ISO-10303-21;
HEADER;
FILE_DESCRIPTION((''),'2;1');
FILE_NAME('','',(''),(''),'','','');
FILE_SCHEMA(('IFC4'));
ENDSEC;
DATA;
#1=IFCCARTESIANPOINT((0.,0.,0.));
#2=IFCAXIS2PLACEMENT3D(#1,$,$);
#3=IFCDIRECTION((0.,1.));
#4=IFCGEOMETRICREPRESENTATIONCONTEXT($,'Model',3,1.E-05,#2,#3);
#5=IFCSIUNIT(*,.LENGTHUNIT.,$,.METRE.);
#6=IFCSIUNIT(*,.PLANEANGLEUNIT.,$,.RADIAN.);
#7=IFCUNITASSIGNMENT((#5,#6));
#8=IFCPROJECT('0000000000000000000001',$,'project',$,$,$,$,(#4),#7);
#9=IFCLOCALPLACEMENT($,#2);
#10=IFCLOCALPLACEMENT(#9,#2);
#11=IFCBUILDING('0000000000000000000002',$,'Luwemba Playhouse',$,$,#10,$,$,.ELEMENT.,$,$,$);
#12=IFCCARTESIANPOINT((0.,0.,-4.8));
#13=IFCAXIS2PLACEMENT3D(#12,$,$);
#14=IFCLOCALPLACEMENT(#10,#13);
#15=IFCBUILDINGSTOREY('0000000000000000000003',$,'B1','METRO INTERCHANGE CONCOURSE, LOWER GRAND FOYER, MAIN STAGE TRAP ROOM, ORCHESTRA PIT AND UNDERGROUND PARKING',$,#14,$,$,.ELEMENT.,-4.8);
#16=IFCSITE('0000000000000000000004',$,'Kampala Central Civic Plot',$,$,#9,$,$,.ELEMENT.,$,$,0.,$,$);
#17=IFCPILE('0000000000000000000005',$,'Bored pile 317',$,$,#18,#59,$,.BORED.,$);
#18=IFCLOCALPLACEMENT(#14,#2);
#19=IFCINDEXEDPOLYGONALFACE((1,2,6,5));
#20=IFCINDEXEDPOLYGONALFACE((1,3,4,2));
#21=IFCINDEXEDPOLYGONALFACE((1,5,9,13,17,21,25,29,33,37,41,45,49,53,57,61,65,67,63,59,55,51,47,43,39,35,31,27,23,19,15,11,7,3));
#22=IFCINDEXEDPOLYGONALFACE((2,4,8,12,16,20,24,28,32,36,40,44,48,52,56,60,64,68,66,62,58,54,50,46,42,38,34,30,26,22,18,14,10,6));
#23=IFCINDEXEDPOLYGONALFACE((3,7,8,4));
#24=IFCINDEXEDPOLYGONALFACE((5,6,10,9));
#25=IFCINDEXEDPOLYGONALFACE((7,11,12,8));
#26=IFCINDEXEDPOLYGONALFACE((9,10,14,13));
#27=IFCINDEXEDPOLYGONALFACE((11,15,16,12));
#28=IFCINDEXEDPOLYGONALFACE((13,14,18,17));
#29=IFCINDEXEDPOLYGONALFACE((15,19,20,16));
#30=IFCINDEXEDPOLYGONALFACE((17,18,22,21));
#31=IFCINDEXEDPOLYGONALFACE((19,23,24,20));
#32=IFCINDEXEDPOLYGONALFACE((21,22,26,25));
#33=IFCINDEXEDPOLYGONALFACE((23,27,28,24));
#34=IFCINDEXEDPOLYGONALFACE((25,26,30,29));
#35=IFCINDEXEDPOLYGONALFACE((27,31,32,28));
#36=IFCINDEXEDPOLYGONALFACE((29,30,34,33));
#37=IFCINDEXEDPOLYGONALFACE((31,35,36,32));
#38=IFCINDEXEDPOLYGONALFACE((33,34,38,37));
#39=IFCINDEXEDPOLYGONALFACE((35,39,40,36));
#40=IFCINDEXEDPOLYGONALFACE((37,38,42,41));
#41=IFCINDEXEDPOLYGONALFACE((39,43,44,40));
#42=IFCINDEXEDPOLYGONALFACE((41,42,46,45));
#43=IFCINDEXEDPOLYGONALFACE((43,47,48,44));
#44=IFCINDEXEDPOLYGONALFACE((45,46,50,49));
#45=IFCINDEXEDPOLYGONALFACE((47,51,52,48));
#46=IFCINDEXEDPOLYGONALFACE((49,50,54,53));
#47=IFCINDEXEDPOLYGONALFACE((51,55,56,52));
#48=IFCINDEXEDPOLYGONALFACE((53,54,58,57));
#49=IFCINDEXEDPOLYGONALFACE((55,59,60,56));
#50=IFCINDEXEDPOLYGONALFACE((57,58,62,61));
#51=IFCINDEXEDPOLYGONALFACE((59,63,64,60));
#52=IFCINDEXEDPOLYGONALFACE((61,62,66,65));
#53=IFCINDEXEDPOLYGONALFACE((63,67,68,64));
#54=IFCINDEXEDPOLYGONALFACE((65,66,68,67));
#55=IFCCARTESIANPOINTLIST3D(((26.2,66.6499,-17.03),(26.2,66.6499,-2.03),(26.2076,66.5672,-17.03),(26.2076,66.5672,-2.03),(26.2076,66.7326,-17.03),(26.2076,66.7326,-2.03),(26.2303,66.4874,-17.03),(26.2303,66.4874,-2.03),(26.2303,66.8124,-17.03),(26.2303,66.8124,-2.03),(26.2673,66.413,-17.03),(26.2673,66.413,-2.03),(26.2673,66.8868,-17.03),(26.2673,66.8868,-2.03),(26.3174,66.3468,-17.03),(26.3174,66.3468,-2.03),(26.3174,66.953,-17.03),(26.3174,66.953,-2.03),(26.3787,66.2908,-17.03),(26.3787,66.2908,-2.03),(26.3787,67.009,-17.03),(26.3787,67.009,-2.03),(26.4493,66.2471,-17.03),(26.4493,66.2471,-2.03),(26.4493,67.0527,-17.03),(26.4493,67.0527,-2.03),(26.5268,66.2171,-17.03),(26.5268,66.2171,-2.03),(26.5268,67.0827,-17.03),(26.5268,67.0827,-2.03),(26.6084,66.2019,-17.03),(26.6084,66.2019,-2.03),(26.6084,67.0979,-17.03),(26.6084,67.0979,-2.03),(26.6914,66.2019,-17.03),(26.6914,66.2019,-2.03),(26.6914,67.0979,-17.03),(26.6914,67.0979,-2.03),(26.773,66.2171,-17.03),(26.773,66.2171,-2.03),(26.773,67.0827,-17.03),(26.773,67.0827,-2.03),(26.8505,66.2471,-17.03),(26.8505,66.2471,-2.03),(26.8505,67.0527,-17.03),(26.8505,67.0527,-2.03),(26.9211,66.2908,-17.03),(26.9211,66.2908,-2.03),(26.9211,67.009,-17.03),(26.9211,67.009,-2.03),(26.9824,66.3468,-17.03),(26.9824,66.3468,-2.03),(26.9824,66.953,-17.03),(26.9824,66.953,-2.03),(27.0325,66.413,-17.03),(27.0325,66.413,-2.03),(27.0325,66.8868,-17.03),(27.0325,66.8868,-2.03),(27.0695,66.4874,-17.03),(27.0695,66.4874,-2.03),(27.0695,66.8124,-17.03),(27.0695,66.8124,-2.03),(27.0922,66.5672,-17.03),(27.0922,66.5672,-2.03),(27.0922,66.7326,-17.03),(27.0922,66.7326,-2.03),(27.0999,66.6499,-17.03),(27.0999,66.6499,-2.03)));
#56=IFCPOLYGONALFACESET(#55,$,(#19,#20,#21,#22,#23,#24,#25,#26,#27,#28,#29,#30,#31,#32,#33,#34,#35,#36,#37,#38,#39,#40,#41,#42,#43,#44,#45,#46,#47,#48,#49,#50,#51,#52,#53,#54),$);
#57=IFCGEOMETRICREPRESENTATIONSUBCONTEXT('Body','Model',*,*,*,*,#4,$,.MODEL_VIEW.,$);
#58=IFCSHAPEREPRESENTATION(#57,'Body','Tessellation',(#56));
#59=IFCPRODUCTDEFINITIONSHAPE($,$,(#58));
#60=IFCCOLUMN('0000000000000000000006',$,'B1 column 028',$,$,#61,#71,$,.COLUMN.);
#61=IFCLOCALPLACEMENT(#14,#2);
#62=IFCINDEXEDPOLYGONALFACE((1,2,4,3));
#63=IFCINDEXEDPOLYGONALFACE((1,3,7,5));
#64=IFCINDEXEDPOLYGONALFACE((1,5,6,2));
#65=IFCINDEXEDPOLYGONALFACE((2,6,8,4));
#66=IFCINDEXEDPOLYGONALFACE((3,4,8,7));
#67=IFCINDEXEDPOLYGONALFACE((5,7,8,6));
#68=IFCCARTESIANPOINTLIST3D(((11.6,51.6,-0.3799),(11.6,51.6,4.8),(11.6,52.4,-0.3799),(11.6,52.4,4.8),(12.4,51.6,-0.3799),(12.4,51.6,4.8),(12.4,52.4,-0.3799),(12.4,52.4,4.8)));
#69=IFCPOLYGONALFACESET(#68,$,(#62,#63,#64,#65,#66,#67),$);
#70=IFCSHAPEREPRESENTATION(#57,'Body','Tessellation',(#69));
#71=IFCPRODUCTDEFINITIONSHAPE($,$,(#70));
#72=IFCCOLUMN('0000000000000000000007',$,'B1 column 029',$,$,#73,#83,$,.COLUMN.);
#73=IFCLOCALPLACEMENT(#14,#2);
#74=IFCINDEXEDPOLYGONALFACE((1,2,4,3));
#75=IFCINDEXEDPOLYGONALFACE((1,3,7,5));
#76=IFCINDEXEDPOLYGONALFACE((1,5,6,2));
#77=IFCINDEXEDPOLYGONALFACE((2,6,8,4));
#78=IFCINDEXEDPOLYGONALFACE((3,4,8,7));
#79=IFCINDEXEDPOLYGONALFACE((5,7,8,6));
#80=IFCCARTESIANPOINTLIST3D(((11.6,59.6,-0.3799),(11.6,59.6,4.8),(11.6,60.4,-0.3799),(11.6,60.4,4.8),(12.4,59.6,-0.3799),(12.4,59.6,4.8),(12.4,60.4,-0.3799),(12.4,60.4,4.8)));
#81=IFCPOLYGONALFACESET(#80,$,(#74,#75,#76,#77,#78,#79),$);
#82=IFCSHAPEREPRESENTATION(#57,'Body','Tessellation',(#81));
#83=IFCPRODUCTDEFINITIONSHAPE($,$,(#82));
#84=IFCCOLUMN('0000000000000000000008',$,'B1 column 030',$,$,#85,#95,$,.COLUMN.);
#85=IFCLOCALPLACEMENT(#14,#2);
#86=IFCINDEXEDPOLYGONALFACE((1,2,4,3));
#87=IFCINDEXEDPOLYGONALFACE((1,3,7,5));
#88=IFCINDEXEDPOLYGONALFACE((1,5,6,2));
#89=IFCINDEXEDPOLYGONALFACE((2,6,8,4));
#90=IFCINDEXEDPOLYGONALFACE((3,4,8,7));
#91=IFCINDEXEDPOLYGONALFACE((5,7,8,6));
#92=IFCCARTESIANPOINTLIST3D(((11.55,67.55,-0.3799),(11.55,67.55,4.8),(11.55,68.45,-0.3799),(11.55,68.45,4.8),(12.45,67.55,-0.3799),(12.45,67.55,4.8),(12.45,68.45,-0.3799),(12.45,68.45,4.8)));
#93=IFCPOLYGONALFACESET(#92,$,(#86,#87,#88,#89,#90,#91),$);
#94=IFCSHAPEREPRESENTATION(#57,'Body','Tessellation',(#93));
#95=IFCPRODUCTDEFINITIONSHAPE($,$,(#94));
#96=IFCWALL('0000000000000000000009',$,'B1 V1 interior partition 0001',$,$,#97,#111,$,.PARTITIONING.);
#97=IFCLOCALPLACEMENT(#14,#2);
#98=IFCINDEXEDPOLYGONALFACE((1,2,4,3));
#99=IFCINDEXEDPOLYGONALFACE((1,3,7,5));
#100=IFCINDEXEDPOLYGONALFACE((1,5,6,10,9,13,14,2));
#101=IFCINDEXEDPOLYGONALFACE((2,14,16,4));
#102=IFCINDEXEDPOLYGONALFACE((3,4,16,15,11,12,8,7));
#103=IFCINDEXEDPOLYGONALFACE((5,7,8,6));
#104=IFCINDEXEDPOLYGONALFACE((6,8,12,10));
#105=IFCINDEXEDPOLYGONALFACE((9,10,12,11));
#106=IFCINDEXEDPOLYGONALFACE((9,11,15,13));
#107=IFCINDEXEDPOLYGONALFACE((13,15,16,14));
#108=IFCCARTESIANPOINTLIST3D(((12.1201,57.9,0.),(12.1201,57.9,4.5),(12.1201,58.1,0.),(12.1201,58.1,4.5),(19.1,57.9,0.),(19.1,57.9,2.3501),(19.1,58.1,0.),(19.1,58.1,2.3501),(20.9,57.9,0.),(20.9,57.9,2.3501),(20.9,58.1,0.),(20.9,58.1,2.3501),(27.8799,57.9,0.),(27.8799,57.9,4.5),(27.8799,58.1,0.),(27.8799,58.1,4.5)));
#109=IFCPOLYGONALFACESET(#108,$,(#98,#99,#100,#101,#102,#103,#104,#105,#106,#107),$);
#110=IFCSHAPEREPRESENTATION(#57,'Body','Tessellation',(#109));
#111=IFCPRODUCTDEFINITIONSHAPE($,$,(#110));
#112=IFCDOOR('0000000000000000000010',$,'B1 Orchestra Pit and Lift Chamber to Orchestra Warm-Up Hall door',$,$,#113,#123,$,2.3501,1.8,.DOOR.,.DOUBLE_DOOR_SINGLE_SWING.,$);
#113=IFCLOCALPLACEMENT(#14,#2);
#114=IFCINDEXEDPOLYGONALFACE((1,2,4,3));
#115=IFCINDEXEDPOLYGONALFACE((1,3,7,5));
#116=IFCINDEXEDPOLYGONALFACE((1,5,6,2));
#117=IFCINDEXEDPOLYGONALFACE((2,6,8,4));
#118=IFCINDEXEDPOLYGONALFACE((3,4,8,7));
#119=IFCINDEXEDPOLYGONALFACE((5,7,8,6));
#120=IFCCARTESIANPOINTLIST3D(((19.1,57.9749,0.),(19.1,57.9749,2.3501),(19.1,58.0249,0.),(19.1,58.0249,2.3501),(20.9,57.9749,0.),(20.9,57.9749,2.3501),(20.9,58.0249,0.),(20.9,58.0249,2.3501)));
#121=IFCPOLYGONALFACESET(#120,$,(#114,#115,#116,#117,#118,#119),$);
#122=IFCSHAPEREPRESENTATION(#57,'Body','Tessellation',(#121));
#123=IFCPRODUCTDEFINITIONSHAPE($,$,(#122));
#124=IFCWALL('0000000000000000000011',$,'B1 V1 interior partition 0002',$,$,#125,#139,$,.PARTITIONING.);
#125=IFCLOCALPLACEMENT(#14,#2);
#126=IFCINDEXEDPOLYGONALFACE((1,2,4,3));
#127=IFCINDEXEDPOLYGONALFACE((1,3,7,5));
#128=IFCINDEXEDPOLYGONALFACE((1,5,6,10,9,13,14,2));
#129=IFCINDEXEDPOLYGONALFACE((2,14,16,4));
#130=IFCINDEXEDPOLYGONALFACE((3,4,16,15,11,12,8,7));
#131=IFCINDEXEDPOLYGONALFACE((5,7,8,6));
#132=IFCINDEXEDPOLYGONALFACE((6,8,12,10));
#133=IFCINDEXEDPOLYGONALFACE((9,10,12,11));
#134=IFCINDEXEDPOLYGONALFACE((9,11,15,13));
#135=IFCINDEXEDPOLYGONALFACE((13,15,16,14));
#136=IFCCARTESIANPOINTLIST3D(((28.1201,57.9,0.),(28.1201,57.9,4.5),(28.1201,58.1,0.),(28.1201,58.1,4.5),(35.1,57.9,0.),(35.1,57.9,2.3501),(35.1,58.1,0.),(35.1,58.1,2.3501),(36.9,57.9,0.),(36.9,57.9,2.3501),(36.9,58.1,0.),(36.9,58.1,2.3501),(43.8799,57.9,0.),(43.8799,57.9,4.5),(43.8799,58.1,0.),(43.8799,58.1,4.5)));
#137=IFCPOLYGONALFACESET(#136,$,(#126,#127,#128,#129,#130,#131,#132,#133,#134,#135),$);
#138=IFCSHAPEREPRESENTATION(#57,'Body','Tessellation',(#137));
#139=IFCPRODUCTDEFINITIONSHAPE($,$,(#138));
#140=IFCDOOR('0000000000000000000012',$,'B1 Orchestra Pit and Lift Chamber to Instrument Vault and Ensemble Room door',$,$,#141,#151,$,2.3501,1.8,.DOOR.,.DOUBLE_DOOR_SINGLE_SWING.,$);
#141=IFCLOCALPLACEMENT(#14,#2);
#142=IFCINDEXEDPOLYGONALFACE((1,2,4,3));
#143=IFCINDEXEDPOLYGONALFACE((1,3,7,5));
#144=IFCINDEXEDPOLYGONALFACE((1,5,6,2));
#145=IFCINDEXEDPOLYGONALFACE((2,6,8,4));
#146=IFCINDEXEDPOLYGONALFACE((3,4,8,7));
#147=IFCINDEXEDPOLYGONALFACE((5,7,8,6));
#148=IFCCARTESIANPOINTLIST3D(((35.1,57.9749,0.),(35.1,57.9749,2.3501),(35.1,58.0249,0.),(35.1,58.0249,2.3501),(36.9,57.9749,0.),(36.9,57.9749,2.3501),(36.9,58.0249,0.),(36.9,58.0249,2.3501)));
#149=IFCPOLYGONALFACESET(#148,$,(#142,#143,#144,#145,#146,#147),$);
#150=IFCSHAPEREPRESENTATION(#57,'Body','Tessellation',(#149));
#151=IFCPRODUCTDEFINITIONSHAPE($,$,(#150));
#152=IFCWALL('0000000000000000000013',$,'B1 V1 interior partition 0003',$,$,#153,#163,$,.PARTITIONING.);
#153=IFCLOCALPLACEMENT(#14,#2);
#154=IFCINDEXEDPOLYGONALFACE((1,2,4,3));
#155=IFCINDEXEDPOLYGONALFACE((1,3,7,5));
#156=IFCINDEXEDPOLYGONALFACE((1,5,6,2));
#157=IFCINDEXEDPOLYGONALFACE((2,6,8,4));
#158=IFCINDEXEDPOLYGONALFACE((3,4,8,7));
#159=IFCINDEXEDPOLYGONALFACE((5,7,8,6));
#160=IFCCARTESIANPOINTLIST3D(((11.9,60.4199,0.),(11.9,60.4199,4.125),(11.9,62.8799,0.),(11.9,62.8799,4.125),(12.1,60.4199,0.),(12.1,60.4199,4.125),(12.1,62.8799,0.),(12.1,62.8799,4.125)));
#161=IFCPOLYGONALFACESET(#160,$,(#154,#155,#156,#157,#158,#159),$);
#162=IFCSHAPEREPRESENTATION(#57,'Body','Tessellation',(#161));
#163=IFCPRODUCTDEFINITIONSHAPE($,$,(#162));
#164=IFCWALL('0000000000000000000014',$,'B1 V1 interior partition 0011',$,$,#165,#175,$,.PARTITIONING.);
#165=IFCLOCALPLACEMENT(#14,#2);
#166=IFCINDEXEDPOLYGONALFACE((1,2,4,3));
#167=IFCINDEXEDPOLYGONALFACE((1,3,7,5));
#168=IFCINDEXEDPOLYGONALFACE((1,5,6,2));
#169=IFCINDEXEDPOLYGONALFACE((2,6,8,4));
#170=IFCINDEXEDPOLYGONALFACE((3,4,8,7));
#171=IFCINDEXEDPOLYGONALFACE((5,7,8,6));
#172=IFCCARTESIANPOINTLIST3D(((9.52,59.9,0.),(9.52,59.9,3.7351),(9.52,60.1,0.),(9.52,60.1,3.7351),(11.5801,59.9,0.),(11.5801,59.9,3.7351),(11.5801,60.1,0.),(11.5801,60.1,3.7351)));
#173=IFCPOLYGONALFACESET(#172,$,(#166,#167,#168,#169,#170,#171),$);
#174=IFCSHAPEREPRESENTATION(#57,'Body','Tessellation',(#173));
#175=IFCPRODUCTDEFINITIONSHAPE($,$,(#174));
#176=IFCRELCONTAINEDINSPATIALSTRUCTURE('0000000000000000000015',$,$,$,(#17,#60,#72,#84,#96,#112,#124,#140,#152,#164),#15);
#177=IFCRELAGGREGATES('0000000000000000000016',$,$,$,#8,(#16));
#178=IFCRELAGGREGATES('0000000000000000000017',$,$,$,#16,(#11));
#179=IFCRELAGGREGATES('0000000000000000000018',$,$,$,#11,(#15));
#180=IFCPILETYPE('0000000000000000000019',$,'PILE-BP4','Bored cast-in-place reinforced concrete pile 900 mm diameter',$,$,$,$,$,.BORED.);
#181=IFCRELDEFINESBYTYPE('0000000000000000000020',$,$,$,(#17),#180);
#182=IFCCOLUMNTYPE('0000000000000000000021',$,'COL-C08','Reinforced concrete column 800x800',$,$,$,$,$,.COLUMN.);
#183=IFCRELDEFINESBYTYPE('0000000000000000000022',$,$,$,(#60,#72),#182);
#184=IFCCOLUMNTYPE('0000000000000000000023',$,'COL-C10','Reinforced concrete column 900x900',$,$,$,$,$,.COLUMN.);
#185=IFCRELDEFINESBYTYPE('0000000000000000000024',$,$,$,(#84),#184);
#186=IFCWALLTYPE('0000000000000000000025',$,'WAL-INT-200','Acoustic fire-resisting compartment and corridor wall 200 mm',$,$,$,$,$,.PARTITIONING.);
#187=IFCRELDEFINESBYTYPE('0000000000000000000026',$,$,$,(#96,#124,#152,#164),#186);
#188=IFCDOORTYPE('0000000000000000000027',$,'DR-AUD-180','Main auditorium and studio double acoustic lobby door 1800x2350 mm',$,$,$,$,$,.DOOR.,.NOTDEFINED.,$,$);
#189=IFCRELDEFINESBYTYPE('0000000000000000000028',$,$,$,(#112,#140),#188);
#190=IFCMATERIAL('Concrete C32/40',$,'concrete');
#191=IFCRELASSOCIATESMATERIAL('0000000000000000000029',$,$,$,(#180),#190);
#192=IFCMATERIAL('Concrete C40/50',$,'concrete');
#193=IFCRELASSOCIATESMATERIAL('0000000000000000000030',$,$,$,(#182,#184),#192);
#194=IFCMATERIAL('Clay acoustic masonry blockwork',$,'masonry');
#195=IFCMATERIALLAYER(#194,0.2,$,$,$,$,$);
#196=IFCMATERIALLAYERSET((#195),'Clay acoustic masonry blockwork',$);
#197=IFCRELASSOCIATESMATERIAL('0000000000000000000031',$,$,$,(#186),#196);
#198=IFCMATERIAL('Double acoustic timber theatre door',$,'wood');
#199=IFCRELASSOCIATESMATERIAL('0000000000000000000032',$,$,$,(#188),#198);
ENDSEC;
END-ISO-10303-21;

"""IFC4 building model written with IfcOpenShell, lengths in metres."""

from ifc_helpers import new_model, si_unit, direction, frame, frame_2d, origin, origin_2d, place, context, subcontext, project, spatial, rectangle, circle, extrude, material, layer, layer_set, material_profile, profile_set, type_object, element, fill, save


model = new_model("IFC4")

# Units and contexts
model_context = context("Model", 3, precision=1e-05, world=origin(), true_north=direction((0.0, 1.0)))
body_context = subcontext(model_context, "Body", "Model", "MODEL_VIEW")
ifc_project = project(units=[si_unit("LENGTHUNIT", "METRE"), si_unit("PLANEANGLEUNIT", "RADIAN")], contexts=[model_context])

# Site, building, storey
site_placement = place(None, origin())
site = spatial("IfcSite", under=ifc_project, at=site_placement, Name="Kampala Central Civic Plot", CompositionType="ELEMENT", RefElevation=0.0)
building_placement = place(site_placement, origin())
building = spatial("IfcBuilding", under=site, at=building_placement, Name="Luwemba Playhouse", CompositionType="ELEMENT")
storey_placement = place(building_placement, frame((0.0, 0.0, -4.8)))
storey = spatial("IfcBuildingStorey", under=building, at=storey_placement, Name="B1", Description="METRO INTERCHANGE CONCOURSE, LOWER GRAND FOYER, MAIN STAGE TRAP ROOM, ORCHESTRA PIT AND UNDERGROUND PARKING", CompositionType="ELEMENT", Elevation=-4.8)

# Shared definitions
ifc_material_1 = material(Name="Concrete C32/40", Category="concrete")

# Pile
ifc_material_profile_1 = material_profile(ifc_material_1, circle(Radius=0.45, at=origin_2d()))
ifc_profile_set_1 = profile_set([ifc_material_profile_1], Name="Concrete C32/40")
pile_type_1 = type_object("IfcPileType", Name="PILE-BP4", Description="Bored cast-in-place reinforced concrete pile 900 mm diameter", PredefinedType="BORED", material=ifc_profile_set_1)
for number, where, z_axis, x_axis, name in (
    (1, (26.6499, 66.6499, -2.03), (0.0, 0.0, -1.0), (1.0, 0.0, 0.0), "Bored pile 317"),
):
    element("IfcPile", number, at=place(storey_placement, frame(where, z_axis=z_axis, x_axis=x_axis)), inside=storey, type_object=pile_type_1, Name=name, PredefinedType="BORED", context=body_context, shape_type="SweptSolid", body=[
        extrude(circle(Radius=0.45, at=origin_2d()), origin(), (0.0, 0.0, 1.0), 15.0),
    ])

# Columns
ifc_material_2 = material(Name="Concrete C40/50", Category="concrete")
ifc_material_profile_2 = material_profile(ifc_material_2, rectangle(XDim=0.8, YDim=0.8, at=origin_2d()))
ifc_profile_set_2 = profile_set([ifc_material_profile_2], Name="Concrete C40/50")
column_type_1 = type_object("IfcColumnType", Name="COL-C08", Description="Reinforced concrete column 800x800", PredefinedType="COLUMN", material=ifc_profile_set_2)
for number, where, z_axis, x_axis, name in (
    (2, (12.0, 52.0, -0.3799), (0.0, 0.0, 1.0), (1.0, 0.0, 0.0), "B1 column 028"),
    (3, (12.0, 60.0, -0.3799), (0.0, 0.0, 1.0), (1.0, 0.0, 0.0), "B1 column 029"),
):
    element("IfcColumn", number, at=place(storey_placement, frame(where, z_axis=z_axis, x_axis=x_axis)), inside=storey, type_object=column_type_1, Name=name, PredefinedType="COLUMN", context=body_context, shape_type="SweptSolid", body=[
        extrude(rectangle(XDim=0.8, YDim=0.8, at=origin_2d()), origin(), (0.0, 0.0, 1.0), 5.1799),
    ])
ifc_material_profile_3 = material_profile(ifc_material_2, rectangle(XDim=0.8999, YDim=0.8999, at=origin_2d()))
ifc_profile_set_3 = profile_set([ifc_material_profile_3], Name="Concrete C40/50")
column_type_2 = type_object("IfcColumnType", Name="COL-C10", Description="Reinforced concrete column 900x900", PredefinedType="COLUMN", material=ifc_profile_set_3)
column_placement = place(storey_placement, frame((12.0, 68.0, -0.3799), z_axis=(0.0, 0.0, 1.0), x_axis=(1.0, 0.0, 0.0)))
element("IfcColumn", 4, at=column_placement, inside=storey, type_object=column_type_2, Name="B1 column 030", PredefinedType="COLUMN", context=body_context, shape_type="SweptSolid", body=[
    extrude(rectangle(XDim=0.8999, YDim=0.8999, at=origin_2d()), origin(), (0.0, 0.0, 1.0), 5.1799),
])

# Walls, openings, doors
ifc_material_3 = material(Name="Clay acoustic masonry blockwork", Category="masonry")
ifc_layer_1 = layer(ifc_material_3, 0.2)
ifc_layer_set_1 = layer_set([ifc_layer_1], Name="Clay acoustic masonry blockwork")
wall_type_1 = type_object("IfcWallType", Name="WAL-INT-200", Description="Acoustic fire-resisting compartment and corridor wall 200 mm", PredefinedType="PARTITIONING", material=ifc_layer_set_1)
wall_1_placement = place(storey_placement, frame((12.1201, 58.0, 0.0), z_axis=(0.0, 0.0, 1.0), x_axis=(1.0, 0.0, 0.0)))
wall_1 = element("IfcWall", 5, at=wall_1_placement, inside=storey, type_object=wall_type_1, Name="B1 V1 interior partition 0001", PredefinedType="PARTITIONING", context=body_context, shape_type="SweptSolid", body=[
    extrude(rectangle(XDim=15.7598, YDim=0.2, at=frame_2d((7.8799, 0.0))), origin(), (0.0, 0.0, 1.0), 4.5),
])
opening_1_placement = place(wall_1_placement, frame((6.98, 0.0, 0.0)))
opening_1 = element("IfcOpeningElement", 6, at=opening_1_placement, cuts=wall_1, PredefinedType="OPENING", context=body_context, shape_type="SweptSolid", body=[
    extrude(rectangle(XDim=1.8, YDim=2.3501, at=frame_2d((0.8999, 1.175))), frame((0.0, 0.1099, 0.0), z_axis=(0.0, -1.0, 0.0), x_axis=(1.0, 0.0, 0.0)), (0.0, 0.0, 1.0), 0.22),
])
ifc_material_4 = material(Name="Double acoustic timber theatre door", Category="wood")
door_type = type_object("IfcDoorType", Name="DR-AUD-180", Description="Main auditorium and studio double acoustic lobby door 1800x2350 mm", OperationType="NOTDEFINED", PredefinedType="DOOR", material=ifc_material_4)
door_1_placement = place(opening_1_placement, origin())
door_1 = element("IfcDoor", 7, at=door_1_placement, inside=storey, type_object=door_type, Name="B1 Orchestra Pit and Lift Chamber to Orchestra Warm-Up Hall door", OperationType="DOUBLE_DOOR_SINGLE_SWING", OverallHeight=2.3501, OverallWidth=1.8, PredefinedType="DOOR", context=body_context, shape_type="SweptSolid", body=[
    extrude(rectangle(XDim=1.8, YDim=2.3501, at=frame_2d((0.8999, 1.175))), frame((0.0, 0.0249, 0.0), z_axis=(0.0, -1.0, 0.0), x_axis=(1.0, 0.0, 0.0)), (0.0, 0.0, 1.0), 0.05),
])
fill(opening_1, door_1)
wall_2_placement = place(storey_placement, frame((28.1201, 58.0, 0.0), z_axis=(0.0, 0.0, 1.0), x_axis=(1.0, 0.0, 0.0)))
wall_2 = element("IfcWall", 8, at=wall_2_placement, inside=storey, type_object=wall_type_1, Name="B1 V1 interior partition 0002", PredefinedType="PARTITIONING", context=body_context, shape_type="SweptSolid", body=[
    extrude(rectangle(XDim=15.7598, YDim=0.2, at=frame_2d((7.8799, 0.0))), origin(), (0.0, 0.0, 1.0), 4.5),
])
opening_2_placement = place(wall_2_placement, frame((6.98, 0.0, 0.0)))
opening_2 = element("IfcOpeningElement", 9, at=opening_2_placement, cuts=wall_2, PredefinedType="OPENING", context=body_context, shape_type="SweptSolid", body=[
    extrude(rectangle(XDim=1.8, YDim=2.3501, at=frame_2d((0.8999, 1.175))), frame((0.0, 0.1099, 0.0), z_axis=(0.0, -1.0, 0.0), x_axis=(1.0, 0.0, 0.0)), (0.0, 0.0, 1.0), 0.22),
])
door_2_placement = place(opening_2_placement, origin())
door_2 = element("IfcDoor", 10, at=door_2_placement, inside=storey, type_object=door_type, Name="B1 Orchestra Pit and Lift Chamber to Instrument Vault and Ensemble Room door", OperationType="DOUBLE_DOOR_SINGLE_SWING", OverallHeight=2.3501, OverallWidth=1.8, PredefinedType="DOOR", context=body_context, shape_type="SweptSolid", body=[
    extrude(rectangle(XDim=1.8, YDim=2.3501, at=frame_2d((0.8999, 1.175))), frame((0.0, 0.0249, 0.0), z_axis=(0.0, -1.0, 0.0), x_axis=(1.0, 0.0, 0.0)), (0.0, 0.0, 1.0), 0.05),
])
fill(opening_2, door_2)

# Walls
wall_3_placement = place(storey_placement, frame((12.0, 60.4199, 0.0), z_axis=(0.0, 0.0, 1.0), x_axis=(0.0, 1.0, 0.0)))
element("IfcWall", 11, at=wall_3_placement, inside=storey, type_object=wall_type_1, Name="B1 V1 interior partition 0003", PredefinedType="PARTITIONING", context=body_context, shape_type="SweptSolid", body=[
    extrude(rectangle(XDim=2.46, YDim=0.2, at=frame_2d((1.23, 0.0))), origin(), (0.0, 0.0, 1.0), 4.125),
])
wall_4_placement = place(storey_placement, frame((9.52, 60.0, 0.0), z_axis=(0.0, 0.0, 1.0), x_axis=(1.0, 0.0, 0.0)))
element("IfcWall", 12, at=wall_4_placement, inside=storey, type_object=wall_type_1, Name="B1 V1 interior partition 0011", PredefinedType="PARTITIONING", context=body_context, shape_type="SweptSolid", body=[
    extrude(rectangle(XDim=2.0601, YDim=0.2, at=frame_2d((1.03, 0.0))), origin(), (0.0, 0.0, 1.0), 3.7351),
])

save(model, "model.ifc")
